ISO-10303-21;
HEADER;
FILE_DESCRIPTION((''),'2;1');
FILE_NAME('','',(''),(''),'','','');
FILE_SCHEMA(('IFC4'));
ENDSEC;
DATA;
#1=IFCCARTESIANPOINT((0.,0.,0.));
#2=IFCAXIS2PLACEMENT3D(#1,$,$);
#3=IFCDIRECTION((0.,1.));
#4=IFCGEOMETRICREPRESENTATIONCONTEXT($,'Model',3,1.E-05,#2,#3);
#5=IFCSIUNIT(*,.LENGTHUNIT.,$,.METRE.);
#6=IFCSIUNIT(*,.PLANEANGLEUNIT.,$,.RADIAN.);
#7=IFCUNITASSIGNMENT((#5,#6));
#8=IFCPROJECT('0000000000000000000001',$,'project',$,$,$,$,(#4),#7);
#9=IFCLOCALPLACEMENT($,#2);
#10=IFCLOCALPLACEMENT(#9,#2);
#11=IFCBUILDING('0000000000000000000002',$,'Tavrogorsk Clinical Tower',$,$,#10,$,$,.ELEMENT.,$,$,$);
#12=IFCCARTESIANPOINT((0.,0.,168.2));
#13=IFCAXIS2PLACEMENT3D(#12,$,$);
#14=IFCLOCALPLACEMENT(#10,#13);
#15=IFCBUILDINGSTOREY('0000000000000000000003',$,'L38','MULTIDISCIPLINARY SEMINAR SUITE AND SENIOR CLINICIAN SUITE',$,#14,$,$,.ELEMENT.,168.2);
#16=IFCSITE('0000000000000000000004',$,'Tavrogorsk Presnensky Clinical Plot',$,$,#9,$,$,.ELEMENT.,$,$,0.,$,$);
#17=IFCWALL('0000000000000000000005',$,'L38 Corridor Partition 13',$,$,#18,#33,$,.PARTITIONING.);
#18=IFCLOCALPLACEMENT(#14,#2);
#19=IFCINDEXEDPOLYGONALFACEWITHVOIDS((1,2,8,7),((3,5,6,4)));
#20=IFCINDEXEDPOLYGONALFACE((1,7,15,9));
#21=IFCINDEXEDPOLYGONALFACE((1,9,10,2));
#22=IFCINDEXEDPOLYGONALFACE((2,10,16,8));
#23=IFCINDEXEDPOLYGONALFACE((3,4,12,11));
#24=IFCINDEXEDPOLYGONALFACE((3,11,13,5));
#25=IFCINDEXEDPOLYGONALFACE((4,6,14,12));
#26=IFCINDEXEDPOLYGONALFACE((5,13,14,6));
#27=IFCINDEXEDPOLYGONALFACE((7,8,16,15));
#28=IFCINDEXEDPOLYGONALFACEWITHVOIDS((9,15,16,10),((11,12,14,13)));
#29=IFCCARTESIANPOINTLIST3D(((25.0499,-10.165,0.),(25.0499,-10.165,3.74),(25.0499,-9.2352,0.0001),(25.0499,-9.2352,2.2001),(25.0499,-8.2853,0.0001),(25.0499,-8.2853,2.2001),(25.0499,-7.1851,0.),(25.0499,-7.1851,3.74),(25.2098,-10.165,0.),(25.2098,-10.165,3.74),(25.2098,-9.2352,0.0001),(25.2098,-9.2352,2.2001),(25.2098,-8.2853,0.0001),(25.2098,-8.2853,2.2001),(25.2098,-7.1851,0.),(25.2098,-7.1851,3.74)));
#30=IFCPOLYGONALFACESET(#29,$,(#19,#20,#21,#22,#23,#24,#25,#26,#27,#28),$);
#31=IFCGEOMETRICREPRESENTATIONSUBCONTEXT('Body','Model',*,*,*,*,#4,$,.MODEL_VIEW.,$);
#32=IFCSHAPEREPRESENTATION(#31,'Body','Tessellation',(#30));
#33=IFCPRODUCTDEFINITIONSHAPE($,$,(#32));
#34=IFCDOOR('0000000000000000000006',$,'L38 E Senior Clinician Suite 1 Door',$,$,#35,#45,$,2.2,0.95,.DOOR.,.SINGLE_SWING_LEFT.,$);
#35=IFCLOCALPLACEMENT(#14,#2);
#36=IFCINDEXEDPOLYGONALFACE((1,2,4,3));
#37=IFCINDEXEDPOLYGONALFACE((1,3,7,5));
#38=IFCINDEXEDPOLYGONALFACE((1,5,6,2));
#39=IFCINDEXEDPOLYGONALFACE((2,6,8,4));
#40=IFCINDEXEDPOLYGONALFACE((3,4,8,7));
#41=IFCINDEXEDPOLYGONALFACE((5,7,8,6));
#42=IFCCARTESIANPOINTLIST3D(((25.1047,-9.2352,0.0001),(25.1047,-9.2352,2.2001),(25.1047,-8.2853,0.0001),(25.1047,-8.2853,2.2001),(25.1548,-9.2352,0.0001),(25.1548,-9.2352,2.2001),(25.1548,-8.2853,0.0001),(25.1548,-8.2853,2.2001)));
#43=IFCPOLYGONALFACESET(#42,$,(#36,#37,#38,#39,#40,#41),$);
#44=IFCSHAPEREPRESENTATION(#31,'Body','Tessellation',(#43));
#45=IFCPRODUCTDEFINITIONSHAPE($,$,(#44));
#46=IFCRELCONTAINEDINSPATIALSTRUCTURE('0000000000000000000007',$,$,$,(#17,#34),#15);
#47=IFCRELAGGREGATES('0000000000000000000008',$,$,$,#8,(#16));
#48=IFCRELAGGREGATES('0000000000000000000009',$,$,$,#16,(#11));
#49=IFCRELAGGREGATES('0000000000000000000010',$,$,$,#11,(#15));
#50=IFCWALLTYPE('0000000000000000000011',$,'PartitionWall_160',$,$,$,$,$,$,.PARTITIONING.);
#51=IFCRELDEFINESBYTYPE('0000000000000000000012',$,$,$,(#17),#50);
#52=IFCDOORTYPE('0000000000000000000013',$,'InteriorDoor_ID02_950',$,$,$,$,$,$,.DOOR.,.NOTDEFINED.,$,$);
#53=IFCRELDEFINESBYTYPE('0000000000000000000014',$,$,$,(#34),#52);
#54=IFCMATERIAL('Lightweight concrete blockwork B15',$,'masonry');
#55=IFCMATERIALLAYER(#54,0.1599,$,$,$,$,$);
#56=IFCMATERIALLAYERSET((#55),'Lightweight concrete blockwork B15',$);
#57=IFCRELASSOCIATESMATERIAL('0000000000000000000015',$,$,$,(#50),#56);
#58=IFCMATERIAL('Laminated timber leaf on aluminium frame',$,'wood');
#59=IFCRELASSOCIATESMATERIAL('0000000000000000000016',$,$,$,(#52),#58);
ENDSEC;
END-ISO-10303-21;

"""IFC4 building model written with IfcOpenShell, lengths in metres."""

from ifc_helpers import new_model, si_unit, direction, frame, frame_2d, origin, place, context, subcontext, project, spatial, rectangle, extrude, material, layer, layer_set, type_object, element, fill, save


model = new_model("IFC4")

# Units and contexts
model_context = context("Model", 3, precision=1e-05, world=origin(), true_north=direction((0.0, 1.0)))
body_context = subcontext(model_context, "Body", "Model", "MODEL_VIEW")
ifc_project = project(units=[si_unit("LENGTHUNIT", "METRE"), si_unit("PLANEANGLEUNIT", "RADIAN")], contexts=[model_context])

# Site, building, storey
site_placement = place(None, origin())
site = spatial("IfcSite", under=ifc_project, at=site_placement, Name="Tavrogorsk Presnensky Clinical Plot", CompositionType="ELEMENT", RefElevation=0.0)
building_placement = place(site_placement, origin())
building = spatial("IfcBuilding", under=site, at=building_placement, Name="Tavrogorsk Clinical Tower", CompositionType="ELEMENT")
storey_placement = place(building_placement, frame((0.0, 0.0, 168.2)))
storey = spatial("IfcBuildingStorey", under=building, at=storey_placement, Name="L38", Description="MULTIDISCIPLINARY SEMINAR SUITE AND SENIOR CLINICIAN SUITE", CompositionType="ELEMENT", Elevation=168.2)

# Wall, opening, door
ifc_material_1 = material(Name="Lightweight concrete blockwork B15", Category="masonry")
ifc_layer = layer(ifc_material_1, 0.1599)
ifc_layer_set = layer_set([ifc_layer], Name="Lightweight concrete blockwork B15")
wall_type = type_object("IfcWallType", Name="PartitionWall_160", PredefinedType="PARTITIONING", material=ifc_layer_set)
wall_1_placement = place(storey_placement, frame((25.1299, -7.1851, 0.0), z_axis=(0.0, 0.0, 1.0), x_axis=(0.0, -1.0, 0.0)))
wall_1 = element("IfcWall", 1, at=wall_1_placement, inside=storey, type_object=wall_type, Name="L38 Corridor Partition 13", PredefinedType="PARTITIONING", context=body_context, shape_type="SweptSolid", body=[
    extrude(rectangle(XDim=2.98, YDim=0.1599, at=frame_2d((1.49, 0.0))), origin(), (0.0, 0.0, 1.0), 3.74),
])
opening_1_placement = place(wall_1_placement, frame((1.1001, 0.0, 0.0)))
opening_1 = element("IfcOpeningElement", 2, at=opening_1_placement, cuts=wall_1, PredefinedType="OPENING", context=body_context, shape_type="SweptSolid", body=[
    extrude(rectangle(XDim=0.95, YDim=2.2, at=frame_2d((0.4751, 1.1001))), frame((0.0, 0.0898, 0.0), z_axis=(0.0, -1.0, 0.0), x_axis=(1.0, 0.0, 0.0)), (0.0, 0.0, 1.0), 0.1799),
])
ifc_material_2 = material(Name="Laminated timber leaf on aluminium frame", Category="wood")
door_type_1 = type_object("IfcDoorType", Name="InteriorDoor_ID02_950", OperationType="NOTDEFINED", PredefinedType="DOOR", material=ifc_material_2)
door_1_placement = place(opening_1_placement, origin())
door_1 = element("IfcDoor", 3, at=door_1_placement, inside=storey, type_object=door_type_1, Name="L38 E Senior Clinician Suite 1 Door", OperationType="SINGLE_SWING_LEFT", OverallHeight=2.2, OverallWidth=0.95, PredefinedType="DOOR", context=body_context, shape_type="SweptSolid", body=[
    extrude(rectangle(XDim=0.95, YDim=2.2, at=frame_2d((0.4751, 1.1001))), frame((0.0, 0.0249, 0.0), z_axis=(0.0, -1.0, 0.0), x_axis=(1.0, 0.0, 0.0)), (0.0, 0.0, 1.0), 0.05),
])
fill(opening_1, door_1)

save(model, "model.ifc")
